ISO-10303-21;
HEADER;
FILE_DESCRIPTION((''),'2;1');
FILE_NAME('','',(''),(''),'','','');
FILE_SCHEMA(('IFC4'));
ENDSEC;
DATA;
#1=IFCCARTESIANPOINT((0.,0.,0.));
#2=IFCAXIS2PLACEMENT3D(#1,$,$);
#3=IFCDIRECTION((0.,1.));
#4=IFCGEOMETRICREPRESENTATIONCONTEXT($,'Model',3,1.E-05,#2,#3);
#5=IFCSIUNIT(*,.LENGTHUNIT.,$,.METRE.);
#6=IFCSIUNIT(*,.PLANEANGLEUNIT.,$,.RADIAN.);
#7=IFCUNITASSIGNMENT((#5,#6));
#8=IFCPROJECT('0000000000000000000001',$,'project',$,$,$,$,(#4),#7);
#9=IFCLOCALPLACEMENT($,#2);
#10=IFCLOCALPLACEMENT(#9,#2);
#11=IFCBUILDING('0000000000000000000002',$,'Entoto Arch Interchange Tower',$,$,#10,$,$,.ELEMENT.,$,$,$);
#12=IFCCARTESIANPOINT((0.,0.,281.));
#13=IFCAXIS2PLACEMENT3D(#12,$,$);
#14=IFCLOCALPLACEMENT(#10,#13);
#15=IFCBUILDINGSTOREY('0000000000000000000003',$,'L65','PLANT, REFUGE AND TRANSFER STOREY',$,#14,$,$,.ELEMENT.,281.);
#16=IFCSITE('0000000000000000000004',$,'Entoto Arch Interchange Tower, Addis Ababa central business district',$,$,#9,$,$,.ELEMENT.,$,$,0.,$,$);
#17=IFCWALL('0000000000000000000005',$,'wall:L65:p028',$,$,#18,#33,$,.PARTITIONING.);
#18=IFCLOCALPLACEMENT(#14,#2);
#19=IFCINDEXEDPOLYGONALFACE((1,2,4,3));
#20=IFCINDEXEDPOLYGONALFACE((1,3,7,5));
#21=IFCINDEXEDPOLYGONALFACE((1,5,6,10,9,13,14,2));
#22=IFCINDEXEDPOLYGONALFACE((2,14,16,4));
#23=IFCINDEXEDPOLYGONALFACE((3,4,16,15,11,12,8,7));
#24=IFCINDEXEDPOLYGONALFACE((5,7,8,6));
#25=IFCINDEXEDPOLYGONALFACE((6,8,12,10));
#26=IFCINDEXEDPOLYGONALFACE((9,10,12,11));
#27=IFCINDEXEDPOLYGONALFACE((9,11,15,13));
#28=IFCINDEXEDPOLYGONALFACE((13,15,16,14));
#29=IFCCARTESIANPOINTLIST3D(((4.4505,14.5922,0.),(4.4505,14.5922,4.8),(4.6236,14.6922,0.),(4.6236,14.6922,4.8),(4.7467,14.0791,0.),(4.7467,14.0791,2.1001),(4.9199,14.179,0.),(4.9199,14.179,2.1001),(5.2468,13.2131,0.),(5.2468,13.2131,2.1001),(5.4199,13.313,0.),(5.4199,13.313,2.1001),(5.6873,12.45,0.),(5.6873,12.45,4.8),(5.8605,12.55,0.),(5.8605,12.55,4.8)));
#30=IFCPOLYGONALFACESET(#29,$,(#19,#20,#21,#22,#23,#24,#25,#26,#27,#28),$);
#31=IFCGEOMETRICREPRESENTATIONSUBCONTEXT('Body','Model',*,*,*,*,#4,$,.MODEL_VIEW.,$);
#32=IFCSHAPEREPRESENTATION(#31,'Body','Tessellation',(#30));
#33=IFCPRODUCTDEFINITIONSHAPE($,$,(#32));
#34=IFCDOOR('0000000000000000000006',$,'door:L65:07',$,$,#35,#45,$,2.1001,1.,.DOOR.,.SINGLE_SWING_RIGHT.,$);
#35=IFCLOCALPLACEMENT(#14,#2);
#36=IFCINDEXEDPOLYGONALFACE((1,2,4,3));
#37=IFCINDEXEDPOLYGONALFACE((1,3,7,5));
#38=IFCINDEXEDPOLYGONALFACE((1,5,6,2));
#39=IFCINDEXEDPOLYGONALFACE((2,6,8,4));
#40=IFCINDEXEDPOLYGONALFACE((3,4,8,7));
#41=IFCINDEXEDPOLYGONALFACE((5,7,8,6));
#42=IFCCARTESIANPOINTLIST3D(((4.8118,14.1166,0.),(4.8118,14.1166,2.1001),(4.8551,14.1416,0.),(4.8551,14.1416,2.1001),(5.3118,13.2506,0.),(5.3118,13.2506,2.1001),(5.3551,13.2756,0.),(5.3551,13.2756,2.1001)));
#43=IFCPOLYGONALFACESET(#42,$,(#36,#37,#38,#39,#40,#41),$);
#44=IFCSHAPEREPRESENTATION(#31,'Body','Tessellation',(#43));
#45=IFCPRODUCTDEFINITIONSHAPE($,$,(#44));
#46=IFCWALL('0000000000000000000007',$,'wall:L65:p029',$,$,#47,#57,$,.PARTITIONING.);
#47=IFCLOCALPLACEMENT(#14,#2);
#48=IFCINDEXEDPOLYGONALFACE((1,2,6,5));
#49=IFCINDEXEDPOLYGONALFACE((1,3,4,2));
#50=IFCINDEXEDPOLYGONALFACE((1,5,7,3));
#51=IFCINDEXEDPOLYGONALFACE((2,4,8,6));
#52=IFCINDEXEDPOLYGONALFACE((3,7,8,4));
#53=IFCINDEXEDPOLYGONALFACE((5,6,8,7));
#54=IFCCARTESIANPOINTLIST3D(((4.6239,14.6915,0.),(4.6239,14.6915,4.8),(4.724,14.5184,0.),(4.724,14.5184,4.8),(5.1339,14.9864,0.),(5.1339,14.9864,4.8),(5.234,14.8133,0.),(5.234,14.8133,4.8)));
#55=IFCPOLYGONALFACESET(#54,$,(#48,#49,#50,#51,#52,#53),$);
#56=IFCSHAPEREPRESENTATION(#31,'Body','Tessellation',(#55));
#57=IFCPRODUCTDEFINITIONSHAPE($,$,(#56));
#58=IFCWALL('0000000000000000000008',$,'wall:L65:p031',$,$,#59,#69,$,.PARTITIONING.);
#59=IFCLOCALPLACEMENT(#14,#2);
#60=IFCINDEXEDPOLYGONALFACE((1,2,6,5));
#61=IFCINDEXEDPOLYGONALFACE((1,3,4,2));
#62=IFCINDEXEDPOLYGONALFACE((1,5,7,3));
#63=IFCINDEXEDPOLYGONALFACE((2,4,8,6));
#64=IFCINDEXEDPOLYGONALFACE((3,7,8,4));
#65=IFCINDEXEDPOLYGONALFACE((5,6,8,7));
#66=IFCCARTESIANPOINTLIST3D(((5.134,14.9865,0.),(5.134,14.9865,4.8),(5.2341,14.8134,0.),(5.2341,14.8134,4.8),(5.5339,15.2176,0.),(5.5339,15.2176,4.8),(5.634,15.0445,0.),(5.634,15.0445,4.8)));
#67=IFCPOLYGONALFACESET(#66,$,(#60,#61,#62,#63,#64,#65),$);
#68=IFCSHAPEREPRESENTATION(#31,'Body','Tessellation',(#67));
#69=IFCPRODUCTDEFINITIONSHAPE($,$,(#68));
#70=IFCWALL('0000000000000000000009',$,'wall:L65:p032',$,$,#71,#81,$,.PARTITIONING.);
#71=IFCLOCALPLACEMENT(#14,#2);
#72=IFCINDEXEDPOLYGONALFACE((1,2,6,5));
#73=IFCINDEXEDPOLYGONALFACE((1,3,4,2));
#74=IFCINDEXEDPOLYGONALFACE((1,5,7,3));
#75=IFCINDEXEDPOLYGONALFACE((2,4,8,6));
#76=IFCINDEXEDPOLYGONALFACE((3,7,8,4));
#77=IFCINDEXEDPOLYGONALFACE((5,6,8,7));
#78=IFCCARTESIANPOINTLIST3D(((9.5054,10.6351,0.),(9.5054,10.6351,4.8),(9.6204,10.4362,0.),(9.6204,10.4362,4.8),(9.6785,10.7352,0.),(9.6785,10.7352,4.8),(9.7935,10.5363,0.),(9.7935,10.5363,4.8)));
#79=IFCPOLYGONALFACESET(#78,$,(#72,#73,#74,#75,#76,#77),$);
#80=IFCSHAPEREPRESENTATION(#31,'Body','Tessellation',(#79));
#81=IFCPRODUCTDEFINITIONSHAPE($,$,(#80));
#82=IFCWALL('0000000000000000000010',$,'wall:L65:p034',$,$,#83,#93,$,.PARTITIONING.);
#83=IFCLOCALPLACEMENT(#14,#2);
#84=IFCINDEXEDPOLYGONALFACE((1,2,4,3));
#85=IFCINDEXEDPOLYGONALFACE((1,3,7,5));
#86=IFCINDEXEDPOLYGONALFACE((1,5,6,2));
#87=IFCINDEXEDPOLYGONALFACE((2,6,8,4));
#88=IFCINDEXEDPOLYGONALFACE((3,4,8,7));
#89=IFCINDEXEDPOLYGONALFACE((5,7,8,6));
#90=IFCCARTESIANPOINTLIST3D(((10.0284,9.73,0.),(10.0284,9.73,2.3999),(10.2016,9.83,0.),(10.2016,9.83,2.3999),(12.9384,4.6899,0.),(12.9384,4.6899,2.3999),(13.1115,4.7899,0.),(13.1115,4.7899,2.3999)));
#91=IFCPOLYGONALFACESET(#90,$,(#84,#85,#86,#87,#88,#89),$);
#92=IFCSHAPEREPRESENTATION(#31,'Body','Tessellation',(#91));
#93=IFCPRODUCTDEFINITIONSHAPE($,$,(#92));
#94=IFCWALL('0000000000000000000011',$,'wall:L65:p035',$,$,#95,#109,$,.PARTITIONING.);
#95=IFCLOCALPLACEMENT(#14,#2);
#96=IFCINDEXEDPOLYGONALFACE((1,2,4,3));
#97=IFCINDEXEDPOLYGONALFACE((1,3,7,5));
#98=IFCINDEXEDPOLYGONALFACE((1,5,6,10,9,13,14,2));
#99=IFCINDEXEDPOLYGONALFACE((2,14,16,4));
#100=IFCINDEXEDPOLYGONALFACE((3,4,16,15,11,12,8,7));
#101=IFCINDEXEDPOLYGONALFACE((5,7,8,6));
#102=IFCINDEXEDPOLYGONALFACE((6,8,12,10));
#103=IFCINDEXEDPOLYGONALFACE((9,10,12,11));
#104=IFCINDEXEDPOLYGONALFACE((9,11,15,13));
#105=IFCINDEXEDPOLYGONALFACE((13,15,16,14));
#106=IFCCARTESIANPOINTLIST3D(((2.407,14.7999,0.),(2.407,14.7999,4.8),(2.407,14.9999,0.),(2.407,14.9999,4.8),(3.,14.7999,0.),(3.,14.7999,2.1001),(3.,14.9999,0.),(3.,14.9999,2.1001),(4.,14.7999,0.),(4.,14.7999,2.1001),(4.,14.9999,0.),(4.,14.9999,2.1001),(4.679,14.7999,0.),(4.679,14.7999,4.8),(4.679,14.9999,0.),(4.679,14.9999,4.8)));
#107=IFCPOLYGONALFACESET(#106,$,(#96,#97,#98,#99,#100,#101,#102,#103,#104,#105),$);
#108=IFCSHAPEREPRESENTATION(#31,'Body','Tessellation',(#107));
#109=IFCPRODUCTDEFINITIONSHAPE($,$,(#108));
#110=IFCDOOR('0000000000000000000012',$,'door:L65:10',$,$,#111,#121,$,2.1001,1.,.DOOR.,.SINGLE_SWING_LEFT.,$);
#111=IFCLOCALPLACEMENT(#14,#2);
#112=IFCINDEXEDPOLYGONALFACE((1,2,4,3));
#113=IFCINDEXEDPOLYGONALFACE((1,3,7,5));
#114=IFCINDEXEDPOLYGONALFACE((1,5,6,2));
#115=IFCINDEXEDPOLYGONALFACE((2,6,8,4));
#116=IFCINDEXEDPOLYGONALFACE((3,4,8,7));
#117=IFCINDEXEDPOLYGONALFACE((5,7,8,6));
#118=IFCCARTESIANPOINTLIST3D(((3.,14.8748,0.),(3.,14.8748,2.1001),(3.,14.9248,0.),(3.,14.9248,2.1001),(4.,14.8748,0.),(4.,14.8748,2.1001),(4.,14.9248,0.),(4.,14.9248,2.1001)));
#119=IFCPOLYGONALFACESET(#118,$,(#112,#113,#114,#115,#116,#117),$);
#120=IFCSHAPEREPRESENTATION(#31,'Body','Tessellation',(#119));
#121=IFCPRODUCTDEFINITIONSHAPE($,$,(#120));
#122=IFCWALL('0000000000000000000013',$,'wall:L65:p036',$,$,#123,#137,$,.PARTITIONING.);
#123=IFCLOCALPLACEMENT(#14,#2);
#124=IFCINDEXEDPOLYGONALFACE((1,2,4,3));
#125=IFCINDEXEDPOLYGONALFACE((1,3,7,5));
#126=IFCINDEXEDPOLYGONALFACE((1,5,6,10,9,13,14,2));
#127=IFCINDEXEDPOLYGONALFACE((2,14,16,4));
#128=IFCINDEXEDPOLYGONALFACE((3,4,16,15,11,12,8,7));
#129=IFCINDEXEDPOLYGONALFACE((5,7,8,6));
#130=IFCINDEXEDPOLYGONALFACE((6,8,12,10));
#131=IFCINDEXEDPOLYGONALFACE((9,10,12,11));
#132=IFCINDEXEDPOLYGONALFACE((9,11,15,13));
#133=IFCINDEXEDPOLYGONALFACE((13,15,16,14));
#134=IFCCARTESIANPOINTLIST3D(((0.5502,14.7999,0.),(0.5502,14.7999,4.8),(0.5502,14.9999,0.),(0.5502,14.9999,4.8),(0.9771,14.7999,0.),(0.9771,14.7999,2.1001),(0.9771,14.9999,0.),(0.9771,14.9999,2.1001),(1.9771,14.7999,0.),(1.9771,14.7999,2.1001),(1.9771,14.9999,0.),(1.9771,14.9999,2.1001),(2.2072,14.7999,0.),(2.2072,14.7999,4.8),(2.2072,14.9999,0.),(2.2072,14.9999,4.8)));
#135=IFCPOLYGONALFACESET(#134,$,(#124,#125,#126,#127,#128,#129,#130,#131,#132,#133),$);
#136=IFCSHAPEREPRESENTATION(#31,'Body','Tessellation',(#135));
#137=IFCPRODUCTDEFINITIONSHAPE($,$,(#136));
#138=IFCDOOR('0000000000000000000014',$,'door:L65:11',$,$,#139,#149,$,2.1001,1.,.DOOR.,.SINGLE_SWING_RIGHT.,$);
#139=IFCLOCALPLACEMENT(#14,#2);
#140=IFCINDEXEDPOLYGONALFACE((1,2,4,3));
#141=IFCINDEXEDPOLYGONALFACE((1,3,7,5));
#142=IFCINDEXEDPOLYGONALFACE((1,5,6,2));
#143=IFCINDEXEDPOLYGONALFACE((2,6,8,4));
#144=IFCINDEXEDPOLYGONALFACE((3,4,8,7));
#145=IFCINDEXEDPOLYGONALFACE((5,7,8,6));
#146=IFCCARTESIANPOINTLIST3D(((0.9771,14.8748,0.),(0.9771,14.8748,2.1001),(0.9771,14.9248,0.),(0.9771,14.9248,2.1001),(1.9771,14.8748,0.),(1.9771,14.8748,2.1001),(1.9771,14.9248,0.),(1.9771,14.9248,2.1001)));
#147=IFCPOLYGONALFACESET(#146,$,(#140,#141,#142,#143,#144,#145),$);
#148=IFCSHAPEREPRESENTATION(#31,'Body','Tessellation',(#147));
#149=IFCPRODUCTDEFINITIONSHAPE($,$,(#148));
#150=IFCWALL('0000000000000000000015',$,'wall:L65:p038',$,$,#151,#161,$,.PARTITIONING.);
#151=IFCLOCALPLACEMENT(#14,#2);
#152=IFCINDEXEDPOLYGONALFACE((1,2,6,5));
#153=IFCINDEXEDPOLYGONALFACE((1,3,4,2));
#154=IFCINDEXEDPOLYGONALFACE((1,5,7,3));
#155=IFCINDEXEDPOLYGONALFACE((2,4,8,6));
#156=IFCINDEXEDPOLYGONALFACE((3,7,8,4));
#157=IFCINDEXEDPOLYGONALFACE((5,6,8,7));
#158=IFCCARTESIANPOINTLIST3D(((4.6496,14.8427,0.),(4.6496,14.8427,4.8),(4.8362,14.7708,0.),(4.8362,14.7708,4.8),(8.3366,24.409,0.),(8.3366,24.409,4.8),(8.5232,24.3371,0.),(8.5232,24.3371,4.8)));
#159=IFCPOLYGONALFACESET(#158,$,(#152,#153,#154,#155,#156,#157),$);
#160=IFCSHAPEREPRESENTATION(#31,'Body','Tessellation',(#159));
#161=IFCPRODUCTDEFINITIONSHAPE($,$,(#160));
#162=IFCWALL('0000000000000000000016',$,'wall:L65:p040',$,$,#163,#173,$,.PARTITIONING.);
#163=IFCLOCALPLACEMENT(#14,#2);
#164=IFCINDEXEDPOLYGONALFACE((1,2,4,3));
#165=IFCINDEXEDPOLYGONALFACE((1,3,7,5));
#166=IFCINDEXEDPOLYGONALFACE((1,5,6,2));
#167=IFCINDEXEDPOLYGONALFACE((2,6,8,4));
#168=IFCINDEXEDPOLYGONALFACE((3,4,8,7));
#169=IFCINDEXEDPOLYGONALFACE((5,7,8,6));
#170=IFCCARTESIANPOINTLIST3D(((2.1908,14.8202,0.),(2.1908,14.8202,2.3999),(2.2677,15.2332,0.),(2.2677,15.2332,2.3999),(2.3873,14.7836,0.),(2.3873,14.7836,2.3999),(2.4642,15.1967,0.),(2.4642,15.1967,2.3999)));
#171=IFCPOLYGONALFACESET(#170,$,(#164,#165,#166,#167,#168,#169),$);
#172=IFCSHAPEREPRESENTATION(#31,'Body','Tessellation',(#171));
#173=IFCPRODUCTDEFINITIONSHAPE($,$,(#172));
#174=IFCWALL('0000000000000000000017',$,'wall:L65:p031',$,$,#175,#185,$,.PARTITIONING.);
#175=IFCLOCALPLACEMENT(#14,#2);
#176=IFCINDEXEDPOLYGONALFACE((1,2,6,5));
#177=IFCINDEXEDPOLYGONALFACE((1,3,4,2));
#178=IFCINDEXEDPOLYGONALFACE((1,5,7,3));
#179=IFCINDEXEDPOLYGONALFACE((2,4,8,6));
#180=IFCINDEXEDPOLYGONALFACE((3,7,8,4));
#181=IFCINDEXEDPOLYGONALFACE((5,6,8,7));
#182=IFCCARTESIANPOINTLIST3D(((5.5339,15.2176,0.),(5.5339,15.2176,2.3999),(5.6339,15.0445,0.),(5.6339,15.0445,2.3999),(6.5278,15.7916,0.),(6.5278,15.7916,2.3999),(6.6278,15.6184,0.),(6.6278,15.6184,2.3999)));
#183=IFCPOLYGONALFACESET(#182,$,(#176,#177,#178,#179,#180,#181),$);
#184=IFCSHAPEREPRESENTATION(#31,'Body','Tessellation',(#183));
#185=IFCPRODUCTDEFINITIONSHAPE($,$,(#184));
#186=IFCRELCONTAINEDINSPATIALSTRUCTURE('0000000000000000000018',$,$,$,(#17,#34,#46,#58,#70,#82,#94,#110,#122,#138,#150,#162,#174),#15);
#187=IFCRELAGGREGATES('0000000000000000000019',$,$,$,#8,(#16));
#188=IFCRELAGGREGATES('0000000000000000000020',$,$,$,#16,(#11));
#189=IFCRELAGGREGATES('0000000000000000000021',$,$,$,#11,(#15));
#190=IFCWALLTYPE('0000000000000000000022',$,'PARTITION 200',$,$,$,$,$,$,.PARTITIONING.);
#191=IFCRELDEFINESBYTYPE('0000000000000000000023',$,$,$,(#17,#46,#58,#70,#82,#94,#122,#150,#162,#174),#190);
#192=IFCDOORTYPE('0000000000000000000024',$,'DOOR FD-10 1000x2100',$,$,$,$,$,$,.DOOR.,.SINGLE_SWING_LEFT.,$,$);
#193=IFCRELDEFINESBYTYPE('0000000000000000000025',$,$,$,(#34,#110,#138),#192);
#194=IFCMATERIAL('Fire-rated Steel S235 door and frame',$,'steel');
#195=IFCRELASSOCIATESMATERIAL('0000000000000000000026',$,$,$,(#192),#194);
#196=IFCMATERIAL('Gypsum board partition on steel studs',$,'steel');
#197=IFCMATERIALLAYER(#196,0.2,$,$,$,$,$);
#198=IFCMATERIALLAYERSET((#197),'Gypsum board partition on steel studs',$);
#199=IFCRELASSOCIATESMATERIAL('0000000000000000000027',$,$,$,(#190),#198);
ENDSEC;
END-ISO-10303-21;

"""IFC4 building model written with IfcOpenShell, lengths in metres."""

from ifc_helpers import new_model, si_unit, direction, frame, frame_2d, origin, place, context, subcontext, project, spatial, rectangle, extrude, material, layer, layer_set, type_object, element, fill, save


model = new_model("IFC4")

# Units and contexts
model_context = context("Model", 3, precision=1e-05, world=origin(), true_north=direction((0.0, 1.0)))
body_context = subcontext(model_context, "Body", "Model", "MODEL_VIEW")
ifc_project = project(units=[si_unit("LENGTHUNIT", "METRE"), si_unit("PLANEANGLEUNIT", "RADIAN")], contexts=[model_context])

# Site, building, storey
site_placement = place(None, origin())
site = spatial("IfcSite", under=ifc_project, at=site_placement, Name="Entoto Arch Interchange Tower, Addis Ababa central business district", CompositionType="ELEMENT", RefElevation=0.0)
building_placement = place(site_placement, origin())
building = spatial("IfcBuilding", under=site, at=building_placement, Name="Entoto Arch Interchange Tower", CompositionType="ELEMENT")
storey_placement = place(building_placement, frame((0.0, 0.0, 281.0)))
storey = spatial("IfcBuildingStorey", under=building, at=storey_placement, Name="L65", Description="PLANT, REFUGE AND TRANSFER STOREY", CompositionType="ELEMENT", Elevation=281.0)

# Shared definitions
ifc_material_1 = material(Name="Fire-rated Steel S235 door and frame", Category="steel")
door_type = type_object("IfcDoorType", Name="DOOR FD-10 1000x2100", OperationType="SINGLE_SWING_LEFT", PredefinedType="DOOR", material=ifc_material_1)

# Wall, opening, door
ifc_material_2 = material(Name="Gypsum board partition on steel studs", Category="steel")
ifc_layer_1 = layer(ifc_material_2, 0.2)
ifc_layer_set_1 = layer_set([ifc_layer_1], Name="Gypsum board partition on steel studs")
wall_type_1 = type_object("IfcWallType", Name="PARTITION 200", PredefinedType="PARTITIONING", material=ifc_layer_set_1)
wall_1_placement = place(storey_placement, frame((5.7739, 12.5, 0.0), z_axis=(0.0, 0.0, 1.0), x_axis=(-0.500024, 0.866011, 0.0)))
wall_1 = element("IfcWall", 1, at=wall_1_placement, inside=storey, type_object=wall_type_1, Name="wall:L65:p028", PredefinedType="PARTITIONING", context=body_context, shape_type="SweptSolid", body=[
    extrude(rectangle(XDim=2.4736, YDim=0.2, at=frame_2d((1.2368, 0.0))), origin(), (0.0, 0.0, 1.0), 4.8),
])
opening_1_placement = place(wall_1_placement, frame((0.8811, 0.0, 0.0)))
opening_1 = element("IfcOpeningElement", 2, at=opening_1_placement, cuts=wall_1, PredefinedType="OPENING", context=body_context, shape_type="SweptSolid", body=[
    extrude(rectangle(XDim=1.0, YDim=2.1001, at=frame_2d((0.5, 1.05))), frame((0.0, 0.1099, 0.0), z_axis=(0.0, -1.0, 0.0), x_axis=(1.0, 0.0, 0.0)), (0.0, 0.0, 1.0), 0.22),
])
door_1_placement = place(opening_1_placement, origin())
door_1 = element("IfcDoor", 3, at=door_1_placement, inside=storey, type_object=door_type, Name="door:L65:07", OperationType="SINGLE_SWING_RIGHT", OverallHeight=2.1001, OverallWidth=1.0, PredefinedType="DOOR", context=body_context, shape_type="SweptSolid", body=[
    extrude(rectangle(XDim=1.0, YDim=2.1001, at=frame_2d((0.5, 1.05))), frame((0.0, 0.0249, 0.0), z_axis=(0.0, -1.0, 0.0), x_axis=(1.0, 0.0, 0.0)), (0.0, 0.0, 1.0), 0.05),
])
fill(opening_1, door_1)

# Walls
wall_2_placement = place(storey_placement, frame((4.6741, 14.605, 0.0), z_axis=(0.0, 0.0, 1.0), x_axis=(0.865682, 0.500595, 0.0)))
element("IfcWall", 4, at=wall_2_placement, inside=storey, type_object=wall_type_1, Name="wall:L65:p029", PredefinedType="PARTITIONING", context=body_context, shape_type="SweptSolid", body=[
    extrude(rectangle(XDim=0.5891, YDim=0.2, at=frame_2d((0.2944, 0.0))), origin(), (0.0, 0.0, 1.0), 4.8),
])
wall_3_placement = place(storey_placement, frame((5.1841, 14.8999, 0.0), z_axis=(0.0, 0.0, 1.0), x_axis=(0.865728, 0.500515, 0.0)))
element("IfcWall", 5, at=wall_3_placement, inside=storey, type_object=wall_type_1, Name="wall:L65:p031", PredefinedType="PARTITIONING", context=body_context, shape_type="SweptSolid", body=[
    extrude(rectangle(XDim=0.4619, YDim=0.2, at=frame_2d((0.231, 0.0))), origin(), (0.0, 0.0, 1.0), 4.8),
])
wall_4_placement = place(storey_placement, frame((9.592, 10.6851, 0.0), z_axis=(0.0, 0.0, 1.0), x_axis=(0.500366, -0.865814, 0.0)))
element("IfcWall", 6, at=wall_4_placement, inside=storey, type_object=wall_type_1, Name="wall:L65:p032", PredefinedType="PARTITIONING", context=body_context, shape_type="SweptSolid", body=[
    extrude(rectangle(XDim=0.2297, YDim=0.2, at=frame_2d((0.1147, 0.0))), origin(), (0.0, 0.0, 1.0), 4.8),
])
wall_5_placement = place(storey_placement, frame((10.115, 9.78, 0.0), z_axis=(0.0, 0.0, 1.0), x_axis=(0.500006, -0.866022, 0.0)))
element("IfcWall", 7, at=wall_5_placement, inside=storey, type_object=wall_type_1, Name="wall:L65:p034", PredefinedType="PARTITIONING", context=body_context, shape_type="SweptSolid", body=[
    extrude(rectangle(XDim=5.8198, YDim=0.2, at=frame_2d((2.9099, 0.0))), origin(), (0.0, 0.0, 1.0), 2.3999),
])

# Walls, openings, doors
wall_6_placement = place(storey_placement, frame((2.407, 14.8999, 0.0), z_axis=(0.0, 0.0, 1.0), x_axis=(1.0, 0.0, 0.0)))
wall_6 = element("IfcWall", 8, at=wall_6_placement, inside=storey, type_object=wall_type_1, Name="wall:L65:p035", PredefinedType="PARTITIONING", context=body_context, shape_type="SweptSolid", body=[
    extrude(rectangle(XDim=2.272, YDim=0.2, at=frame_2d((1.136, 0.0))), origin(), (0.0, 0.0, 1.0), 4.8),
])
opening_2_placement = place(wall_6_placement, frame((0.593, 0.0, 0.0)))
opening_2 = element("IfcOpeningElement", 9, at=opening_2_placement, cuts=wall_6, PredefinedType="OPENING", context=body_context, shape_type="SweptSolid", body=[
    extrude(rectangle(XDim=1.0, YDim=2.1001, at=frame_2d((0.5, 1.05))), frame((0.0, 0.1099, 0.0), z_axis=(0.0, -1.0, 0.0), x_axis=(1.0, 0.0, 0.0)), (0.0, 0.0, 1.0), 0.22),
])
door_2_placement = place(opening_2_placement, origin())
door_2 = element("IfcDoor", 10, at=door_2_placement, inside=storey, type_object=door_type, Name="door:L65:10", OperationType="SINGLE_SWING_LEFT", OverallHeight=2.1001, OverallWidth=1.0, PredefinedType="DOOR", context=body_context, shape_type="SweptSolid", body=[
    extrude(rectangle(XDim=1.0, YDim=2.1001, at=frame_2d((0.5, 1.05))), frame((0.0, 0.0249, 0.0), z_axis=(0.0, -1.0, 0.0), x_axis=(1.0, 0.0, 0.0)), (0.0, 0.0, 1.0), 0.05),
])
fill(opening_2, door_2)
wall_7_placement = place(storey_placement, frame((0.55, 14.8999, 0.0), z_axis=(0.0, 0.0, 1.0), x_axis=(1.0, 0.0, 0.0)))
wall_7 = element("IfcWall", 11, at=wall_7_placement, inside=storey, type_object=wall_type_1, Name="wall:L65:p036", PredefinedType="PARTITIONING", context=body_context, shape_type="SweptSolid", body=[
    extrude(rectangle(XDim=1.657, YDim=0.2, at=frame_2d((0.8286, 0.0))), origin(), (0.0, 0.0, 1.0), 4.8),
])
opening_3_placement = place(wall_7_placement, frame((0.427, 0.0, 0.0)))
opening_3 = element("IfcOpeningElement", 12, at=opening_3_placement, cuts=wall_7, PredefinedType="OPENING", context=body_context, shape_type="SweptSolid", body=[
    extrude(rectangle(XDim=1.0, YDim=2.1001, at=frame_2d((0.5, 1.05))), frame((0.0, 0.1099, 0.0), z_axis=(0.0, -1.0, 0.0), x_axis=(1.0, 0.0, 0.0)), (0.0, 0.0, 1.0), 0.22),
])
door_3_placement = place(opening_3_placement, origin())
door_3 = element("IfcDoor", 13, at=door_3_placement, inside=storey, type_object=door_type, Name="door:L65:11", OperationType="SINGLE_SWING_RIGHT", OverallHeight=2.1001, OverallWidth=1.0, PredefinedType="DOOR", context=body_context, shape_type="SweptSolid", body=[
    extrude(rectangle(XDim=1.0, YDim=2.1001, at=frame_2d((0.5, 1.05))), frame((0.0, 0.0249, 0.0), z_axis=(0.0, -1.0, 0.0), x_axis=(1.0, 0.0, 0.0)), (0.0, 0.0, 1.0), 0.05),
])
fill(opening_3, door_3)

# Walls
wall_8_placement = place(storey_placement, frame((4.7429, 14.8069, 0.0), z_axis=(0.0, 0.0, 1.0), x_axis=(0.359635, 0.933093, 0.0)))
element("IfcWall", 14, at=wall_8_placement, inside=storey, type_object=wall_type_1, Name="wall:L65:p038", PredefinedType="PARTITIONING", context=body_context, shape_type="SweptSolid", body=[
    extrude(rectangle(XDim=10.2522, YDim=0.2, at=frame_2d((5.126, 0.0))), origin(), (0.0, 0.0, 1.0), 4.8),
])
wall_9_placement = place(storey_placement, frame((2.2891, 14.802, 0.0), z_axis=(0.0, 0.0, 1.0), x_axis=(0.183025, 0.983108, 0.0)))
element("IfcWall", 15, at=wall_9_placement, inside=storey, type_object=wall_type_1, Name="wall:L65:p040", PredefinedType="PARTITIONING", context=body_context, shape_type="SweptSolid", body=[
    extrude(rectangle(XDim=0.4202, YDim=0.2, at=frame_2d((0.21, 0.0))), origin(), (0.0, 0.0, 1.0), 2.3999),
])
wall_10_placement = place(storey_placement, frame((5.584, 15.1311, 0.0), z_axis=(0.0, 0.0, 1.0), x_axis=(0.865969, 0.500097, 0.0)))
element("IfcWall", 16, at=wall_10_placement, inside=storey, type_object=wall_type_1, Name="wall:L65:p031", PredefinedType="PARTITIONING", context=body_context, shape_type="SweptSolid", body=[
    extrude(rectangle(XDim=1.1477, YDim=0.2, at=frame_2d((0.5737, 0.0))), origin(), (0.0, 0.0, 1.0), 2.3999),
])

save(model, "model.ifc")
